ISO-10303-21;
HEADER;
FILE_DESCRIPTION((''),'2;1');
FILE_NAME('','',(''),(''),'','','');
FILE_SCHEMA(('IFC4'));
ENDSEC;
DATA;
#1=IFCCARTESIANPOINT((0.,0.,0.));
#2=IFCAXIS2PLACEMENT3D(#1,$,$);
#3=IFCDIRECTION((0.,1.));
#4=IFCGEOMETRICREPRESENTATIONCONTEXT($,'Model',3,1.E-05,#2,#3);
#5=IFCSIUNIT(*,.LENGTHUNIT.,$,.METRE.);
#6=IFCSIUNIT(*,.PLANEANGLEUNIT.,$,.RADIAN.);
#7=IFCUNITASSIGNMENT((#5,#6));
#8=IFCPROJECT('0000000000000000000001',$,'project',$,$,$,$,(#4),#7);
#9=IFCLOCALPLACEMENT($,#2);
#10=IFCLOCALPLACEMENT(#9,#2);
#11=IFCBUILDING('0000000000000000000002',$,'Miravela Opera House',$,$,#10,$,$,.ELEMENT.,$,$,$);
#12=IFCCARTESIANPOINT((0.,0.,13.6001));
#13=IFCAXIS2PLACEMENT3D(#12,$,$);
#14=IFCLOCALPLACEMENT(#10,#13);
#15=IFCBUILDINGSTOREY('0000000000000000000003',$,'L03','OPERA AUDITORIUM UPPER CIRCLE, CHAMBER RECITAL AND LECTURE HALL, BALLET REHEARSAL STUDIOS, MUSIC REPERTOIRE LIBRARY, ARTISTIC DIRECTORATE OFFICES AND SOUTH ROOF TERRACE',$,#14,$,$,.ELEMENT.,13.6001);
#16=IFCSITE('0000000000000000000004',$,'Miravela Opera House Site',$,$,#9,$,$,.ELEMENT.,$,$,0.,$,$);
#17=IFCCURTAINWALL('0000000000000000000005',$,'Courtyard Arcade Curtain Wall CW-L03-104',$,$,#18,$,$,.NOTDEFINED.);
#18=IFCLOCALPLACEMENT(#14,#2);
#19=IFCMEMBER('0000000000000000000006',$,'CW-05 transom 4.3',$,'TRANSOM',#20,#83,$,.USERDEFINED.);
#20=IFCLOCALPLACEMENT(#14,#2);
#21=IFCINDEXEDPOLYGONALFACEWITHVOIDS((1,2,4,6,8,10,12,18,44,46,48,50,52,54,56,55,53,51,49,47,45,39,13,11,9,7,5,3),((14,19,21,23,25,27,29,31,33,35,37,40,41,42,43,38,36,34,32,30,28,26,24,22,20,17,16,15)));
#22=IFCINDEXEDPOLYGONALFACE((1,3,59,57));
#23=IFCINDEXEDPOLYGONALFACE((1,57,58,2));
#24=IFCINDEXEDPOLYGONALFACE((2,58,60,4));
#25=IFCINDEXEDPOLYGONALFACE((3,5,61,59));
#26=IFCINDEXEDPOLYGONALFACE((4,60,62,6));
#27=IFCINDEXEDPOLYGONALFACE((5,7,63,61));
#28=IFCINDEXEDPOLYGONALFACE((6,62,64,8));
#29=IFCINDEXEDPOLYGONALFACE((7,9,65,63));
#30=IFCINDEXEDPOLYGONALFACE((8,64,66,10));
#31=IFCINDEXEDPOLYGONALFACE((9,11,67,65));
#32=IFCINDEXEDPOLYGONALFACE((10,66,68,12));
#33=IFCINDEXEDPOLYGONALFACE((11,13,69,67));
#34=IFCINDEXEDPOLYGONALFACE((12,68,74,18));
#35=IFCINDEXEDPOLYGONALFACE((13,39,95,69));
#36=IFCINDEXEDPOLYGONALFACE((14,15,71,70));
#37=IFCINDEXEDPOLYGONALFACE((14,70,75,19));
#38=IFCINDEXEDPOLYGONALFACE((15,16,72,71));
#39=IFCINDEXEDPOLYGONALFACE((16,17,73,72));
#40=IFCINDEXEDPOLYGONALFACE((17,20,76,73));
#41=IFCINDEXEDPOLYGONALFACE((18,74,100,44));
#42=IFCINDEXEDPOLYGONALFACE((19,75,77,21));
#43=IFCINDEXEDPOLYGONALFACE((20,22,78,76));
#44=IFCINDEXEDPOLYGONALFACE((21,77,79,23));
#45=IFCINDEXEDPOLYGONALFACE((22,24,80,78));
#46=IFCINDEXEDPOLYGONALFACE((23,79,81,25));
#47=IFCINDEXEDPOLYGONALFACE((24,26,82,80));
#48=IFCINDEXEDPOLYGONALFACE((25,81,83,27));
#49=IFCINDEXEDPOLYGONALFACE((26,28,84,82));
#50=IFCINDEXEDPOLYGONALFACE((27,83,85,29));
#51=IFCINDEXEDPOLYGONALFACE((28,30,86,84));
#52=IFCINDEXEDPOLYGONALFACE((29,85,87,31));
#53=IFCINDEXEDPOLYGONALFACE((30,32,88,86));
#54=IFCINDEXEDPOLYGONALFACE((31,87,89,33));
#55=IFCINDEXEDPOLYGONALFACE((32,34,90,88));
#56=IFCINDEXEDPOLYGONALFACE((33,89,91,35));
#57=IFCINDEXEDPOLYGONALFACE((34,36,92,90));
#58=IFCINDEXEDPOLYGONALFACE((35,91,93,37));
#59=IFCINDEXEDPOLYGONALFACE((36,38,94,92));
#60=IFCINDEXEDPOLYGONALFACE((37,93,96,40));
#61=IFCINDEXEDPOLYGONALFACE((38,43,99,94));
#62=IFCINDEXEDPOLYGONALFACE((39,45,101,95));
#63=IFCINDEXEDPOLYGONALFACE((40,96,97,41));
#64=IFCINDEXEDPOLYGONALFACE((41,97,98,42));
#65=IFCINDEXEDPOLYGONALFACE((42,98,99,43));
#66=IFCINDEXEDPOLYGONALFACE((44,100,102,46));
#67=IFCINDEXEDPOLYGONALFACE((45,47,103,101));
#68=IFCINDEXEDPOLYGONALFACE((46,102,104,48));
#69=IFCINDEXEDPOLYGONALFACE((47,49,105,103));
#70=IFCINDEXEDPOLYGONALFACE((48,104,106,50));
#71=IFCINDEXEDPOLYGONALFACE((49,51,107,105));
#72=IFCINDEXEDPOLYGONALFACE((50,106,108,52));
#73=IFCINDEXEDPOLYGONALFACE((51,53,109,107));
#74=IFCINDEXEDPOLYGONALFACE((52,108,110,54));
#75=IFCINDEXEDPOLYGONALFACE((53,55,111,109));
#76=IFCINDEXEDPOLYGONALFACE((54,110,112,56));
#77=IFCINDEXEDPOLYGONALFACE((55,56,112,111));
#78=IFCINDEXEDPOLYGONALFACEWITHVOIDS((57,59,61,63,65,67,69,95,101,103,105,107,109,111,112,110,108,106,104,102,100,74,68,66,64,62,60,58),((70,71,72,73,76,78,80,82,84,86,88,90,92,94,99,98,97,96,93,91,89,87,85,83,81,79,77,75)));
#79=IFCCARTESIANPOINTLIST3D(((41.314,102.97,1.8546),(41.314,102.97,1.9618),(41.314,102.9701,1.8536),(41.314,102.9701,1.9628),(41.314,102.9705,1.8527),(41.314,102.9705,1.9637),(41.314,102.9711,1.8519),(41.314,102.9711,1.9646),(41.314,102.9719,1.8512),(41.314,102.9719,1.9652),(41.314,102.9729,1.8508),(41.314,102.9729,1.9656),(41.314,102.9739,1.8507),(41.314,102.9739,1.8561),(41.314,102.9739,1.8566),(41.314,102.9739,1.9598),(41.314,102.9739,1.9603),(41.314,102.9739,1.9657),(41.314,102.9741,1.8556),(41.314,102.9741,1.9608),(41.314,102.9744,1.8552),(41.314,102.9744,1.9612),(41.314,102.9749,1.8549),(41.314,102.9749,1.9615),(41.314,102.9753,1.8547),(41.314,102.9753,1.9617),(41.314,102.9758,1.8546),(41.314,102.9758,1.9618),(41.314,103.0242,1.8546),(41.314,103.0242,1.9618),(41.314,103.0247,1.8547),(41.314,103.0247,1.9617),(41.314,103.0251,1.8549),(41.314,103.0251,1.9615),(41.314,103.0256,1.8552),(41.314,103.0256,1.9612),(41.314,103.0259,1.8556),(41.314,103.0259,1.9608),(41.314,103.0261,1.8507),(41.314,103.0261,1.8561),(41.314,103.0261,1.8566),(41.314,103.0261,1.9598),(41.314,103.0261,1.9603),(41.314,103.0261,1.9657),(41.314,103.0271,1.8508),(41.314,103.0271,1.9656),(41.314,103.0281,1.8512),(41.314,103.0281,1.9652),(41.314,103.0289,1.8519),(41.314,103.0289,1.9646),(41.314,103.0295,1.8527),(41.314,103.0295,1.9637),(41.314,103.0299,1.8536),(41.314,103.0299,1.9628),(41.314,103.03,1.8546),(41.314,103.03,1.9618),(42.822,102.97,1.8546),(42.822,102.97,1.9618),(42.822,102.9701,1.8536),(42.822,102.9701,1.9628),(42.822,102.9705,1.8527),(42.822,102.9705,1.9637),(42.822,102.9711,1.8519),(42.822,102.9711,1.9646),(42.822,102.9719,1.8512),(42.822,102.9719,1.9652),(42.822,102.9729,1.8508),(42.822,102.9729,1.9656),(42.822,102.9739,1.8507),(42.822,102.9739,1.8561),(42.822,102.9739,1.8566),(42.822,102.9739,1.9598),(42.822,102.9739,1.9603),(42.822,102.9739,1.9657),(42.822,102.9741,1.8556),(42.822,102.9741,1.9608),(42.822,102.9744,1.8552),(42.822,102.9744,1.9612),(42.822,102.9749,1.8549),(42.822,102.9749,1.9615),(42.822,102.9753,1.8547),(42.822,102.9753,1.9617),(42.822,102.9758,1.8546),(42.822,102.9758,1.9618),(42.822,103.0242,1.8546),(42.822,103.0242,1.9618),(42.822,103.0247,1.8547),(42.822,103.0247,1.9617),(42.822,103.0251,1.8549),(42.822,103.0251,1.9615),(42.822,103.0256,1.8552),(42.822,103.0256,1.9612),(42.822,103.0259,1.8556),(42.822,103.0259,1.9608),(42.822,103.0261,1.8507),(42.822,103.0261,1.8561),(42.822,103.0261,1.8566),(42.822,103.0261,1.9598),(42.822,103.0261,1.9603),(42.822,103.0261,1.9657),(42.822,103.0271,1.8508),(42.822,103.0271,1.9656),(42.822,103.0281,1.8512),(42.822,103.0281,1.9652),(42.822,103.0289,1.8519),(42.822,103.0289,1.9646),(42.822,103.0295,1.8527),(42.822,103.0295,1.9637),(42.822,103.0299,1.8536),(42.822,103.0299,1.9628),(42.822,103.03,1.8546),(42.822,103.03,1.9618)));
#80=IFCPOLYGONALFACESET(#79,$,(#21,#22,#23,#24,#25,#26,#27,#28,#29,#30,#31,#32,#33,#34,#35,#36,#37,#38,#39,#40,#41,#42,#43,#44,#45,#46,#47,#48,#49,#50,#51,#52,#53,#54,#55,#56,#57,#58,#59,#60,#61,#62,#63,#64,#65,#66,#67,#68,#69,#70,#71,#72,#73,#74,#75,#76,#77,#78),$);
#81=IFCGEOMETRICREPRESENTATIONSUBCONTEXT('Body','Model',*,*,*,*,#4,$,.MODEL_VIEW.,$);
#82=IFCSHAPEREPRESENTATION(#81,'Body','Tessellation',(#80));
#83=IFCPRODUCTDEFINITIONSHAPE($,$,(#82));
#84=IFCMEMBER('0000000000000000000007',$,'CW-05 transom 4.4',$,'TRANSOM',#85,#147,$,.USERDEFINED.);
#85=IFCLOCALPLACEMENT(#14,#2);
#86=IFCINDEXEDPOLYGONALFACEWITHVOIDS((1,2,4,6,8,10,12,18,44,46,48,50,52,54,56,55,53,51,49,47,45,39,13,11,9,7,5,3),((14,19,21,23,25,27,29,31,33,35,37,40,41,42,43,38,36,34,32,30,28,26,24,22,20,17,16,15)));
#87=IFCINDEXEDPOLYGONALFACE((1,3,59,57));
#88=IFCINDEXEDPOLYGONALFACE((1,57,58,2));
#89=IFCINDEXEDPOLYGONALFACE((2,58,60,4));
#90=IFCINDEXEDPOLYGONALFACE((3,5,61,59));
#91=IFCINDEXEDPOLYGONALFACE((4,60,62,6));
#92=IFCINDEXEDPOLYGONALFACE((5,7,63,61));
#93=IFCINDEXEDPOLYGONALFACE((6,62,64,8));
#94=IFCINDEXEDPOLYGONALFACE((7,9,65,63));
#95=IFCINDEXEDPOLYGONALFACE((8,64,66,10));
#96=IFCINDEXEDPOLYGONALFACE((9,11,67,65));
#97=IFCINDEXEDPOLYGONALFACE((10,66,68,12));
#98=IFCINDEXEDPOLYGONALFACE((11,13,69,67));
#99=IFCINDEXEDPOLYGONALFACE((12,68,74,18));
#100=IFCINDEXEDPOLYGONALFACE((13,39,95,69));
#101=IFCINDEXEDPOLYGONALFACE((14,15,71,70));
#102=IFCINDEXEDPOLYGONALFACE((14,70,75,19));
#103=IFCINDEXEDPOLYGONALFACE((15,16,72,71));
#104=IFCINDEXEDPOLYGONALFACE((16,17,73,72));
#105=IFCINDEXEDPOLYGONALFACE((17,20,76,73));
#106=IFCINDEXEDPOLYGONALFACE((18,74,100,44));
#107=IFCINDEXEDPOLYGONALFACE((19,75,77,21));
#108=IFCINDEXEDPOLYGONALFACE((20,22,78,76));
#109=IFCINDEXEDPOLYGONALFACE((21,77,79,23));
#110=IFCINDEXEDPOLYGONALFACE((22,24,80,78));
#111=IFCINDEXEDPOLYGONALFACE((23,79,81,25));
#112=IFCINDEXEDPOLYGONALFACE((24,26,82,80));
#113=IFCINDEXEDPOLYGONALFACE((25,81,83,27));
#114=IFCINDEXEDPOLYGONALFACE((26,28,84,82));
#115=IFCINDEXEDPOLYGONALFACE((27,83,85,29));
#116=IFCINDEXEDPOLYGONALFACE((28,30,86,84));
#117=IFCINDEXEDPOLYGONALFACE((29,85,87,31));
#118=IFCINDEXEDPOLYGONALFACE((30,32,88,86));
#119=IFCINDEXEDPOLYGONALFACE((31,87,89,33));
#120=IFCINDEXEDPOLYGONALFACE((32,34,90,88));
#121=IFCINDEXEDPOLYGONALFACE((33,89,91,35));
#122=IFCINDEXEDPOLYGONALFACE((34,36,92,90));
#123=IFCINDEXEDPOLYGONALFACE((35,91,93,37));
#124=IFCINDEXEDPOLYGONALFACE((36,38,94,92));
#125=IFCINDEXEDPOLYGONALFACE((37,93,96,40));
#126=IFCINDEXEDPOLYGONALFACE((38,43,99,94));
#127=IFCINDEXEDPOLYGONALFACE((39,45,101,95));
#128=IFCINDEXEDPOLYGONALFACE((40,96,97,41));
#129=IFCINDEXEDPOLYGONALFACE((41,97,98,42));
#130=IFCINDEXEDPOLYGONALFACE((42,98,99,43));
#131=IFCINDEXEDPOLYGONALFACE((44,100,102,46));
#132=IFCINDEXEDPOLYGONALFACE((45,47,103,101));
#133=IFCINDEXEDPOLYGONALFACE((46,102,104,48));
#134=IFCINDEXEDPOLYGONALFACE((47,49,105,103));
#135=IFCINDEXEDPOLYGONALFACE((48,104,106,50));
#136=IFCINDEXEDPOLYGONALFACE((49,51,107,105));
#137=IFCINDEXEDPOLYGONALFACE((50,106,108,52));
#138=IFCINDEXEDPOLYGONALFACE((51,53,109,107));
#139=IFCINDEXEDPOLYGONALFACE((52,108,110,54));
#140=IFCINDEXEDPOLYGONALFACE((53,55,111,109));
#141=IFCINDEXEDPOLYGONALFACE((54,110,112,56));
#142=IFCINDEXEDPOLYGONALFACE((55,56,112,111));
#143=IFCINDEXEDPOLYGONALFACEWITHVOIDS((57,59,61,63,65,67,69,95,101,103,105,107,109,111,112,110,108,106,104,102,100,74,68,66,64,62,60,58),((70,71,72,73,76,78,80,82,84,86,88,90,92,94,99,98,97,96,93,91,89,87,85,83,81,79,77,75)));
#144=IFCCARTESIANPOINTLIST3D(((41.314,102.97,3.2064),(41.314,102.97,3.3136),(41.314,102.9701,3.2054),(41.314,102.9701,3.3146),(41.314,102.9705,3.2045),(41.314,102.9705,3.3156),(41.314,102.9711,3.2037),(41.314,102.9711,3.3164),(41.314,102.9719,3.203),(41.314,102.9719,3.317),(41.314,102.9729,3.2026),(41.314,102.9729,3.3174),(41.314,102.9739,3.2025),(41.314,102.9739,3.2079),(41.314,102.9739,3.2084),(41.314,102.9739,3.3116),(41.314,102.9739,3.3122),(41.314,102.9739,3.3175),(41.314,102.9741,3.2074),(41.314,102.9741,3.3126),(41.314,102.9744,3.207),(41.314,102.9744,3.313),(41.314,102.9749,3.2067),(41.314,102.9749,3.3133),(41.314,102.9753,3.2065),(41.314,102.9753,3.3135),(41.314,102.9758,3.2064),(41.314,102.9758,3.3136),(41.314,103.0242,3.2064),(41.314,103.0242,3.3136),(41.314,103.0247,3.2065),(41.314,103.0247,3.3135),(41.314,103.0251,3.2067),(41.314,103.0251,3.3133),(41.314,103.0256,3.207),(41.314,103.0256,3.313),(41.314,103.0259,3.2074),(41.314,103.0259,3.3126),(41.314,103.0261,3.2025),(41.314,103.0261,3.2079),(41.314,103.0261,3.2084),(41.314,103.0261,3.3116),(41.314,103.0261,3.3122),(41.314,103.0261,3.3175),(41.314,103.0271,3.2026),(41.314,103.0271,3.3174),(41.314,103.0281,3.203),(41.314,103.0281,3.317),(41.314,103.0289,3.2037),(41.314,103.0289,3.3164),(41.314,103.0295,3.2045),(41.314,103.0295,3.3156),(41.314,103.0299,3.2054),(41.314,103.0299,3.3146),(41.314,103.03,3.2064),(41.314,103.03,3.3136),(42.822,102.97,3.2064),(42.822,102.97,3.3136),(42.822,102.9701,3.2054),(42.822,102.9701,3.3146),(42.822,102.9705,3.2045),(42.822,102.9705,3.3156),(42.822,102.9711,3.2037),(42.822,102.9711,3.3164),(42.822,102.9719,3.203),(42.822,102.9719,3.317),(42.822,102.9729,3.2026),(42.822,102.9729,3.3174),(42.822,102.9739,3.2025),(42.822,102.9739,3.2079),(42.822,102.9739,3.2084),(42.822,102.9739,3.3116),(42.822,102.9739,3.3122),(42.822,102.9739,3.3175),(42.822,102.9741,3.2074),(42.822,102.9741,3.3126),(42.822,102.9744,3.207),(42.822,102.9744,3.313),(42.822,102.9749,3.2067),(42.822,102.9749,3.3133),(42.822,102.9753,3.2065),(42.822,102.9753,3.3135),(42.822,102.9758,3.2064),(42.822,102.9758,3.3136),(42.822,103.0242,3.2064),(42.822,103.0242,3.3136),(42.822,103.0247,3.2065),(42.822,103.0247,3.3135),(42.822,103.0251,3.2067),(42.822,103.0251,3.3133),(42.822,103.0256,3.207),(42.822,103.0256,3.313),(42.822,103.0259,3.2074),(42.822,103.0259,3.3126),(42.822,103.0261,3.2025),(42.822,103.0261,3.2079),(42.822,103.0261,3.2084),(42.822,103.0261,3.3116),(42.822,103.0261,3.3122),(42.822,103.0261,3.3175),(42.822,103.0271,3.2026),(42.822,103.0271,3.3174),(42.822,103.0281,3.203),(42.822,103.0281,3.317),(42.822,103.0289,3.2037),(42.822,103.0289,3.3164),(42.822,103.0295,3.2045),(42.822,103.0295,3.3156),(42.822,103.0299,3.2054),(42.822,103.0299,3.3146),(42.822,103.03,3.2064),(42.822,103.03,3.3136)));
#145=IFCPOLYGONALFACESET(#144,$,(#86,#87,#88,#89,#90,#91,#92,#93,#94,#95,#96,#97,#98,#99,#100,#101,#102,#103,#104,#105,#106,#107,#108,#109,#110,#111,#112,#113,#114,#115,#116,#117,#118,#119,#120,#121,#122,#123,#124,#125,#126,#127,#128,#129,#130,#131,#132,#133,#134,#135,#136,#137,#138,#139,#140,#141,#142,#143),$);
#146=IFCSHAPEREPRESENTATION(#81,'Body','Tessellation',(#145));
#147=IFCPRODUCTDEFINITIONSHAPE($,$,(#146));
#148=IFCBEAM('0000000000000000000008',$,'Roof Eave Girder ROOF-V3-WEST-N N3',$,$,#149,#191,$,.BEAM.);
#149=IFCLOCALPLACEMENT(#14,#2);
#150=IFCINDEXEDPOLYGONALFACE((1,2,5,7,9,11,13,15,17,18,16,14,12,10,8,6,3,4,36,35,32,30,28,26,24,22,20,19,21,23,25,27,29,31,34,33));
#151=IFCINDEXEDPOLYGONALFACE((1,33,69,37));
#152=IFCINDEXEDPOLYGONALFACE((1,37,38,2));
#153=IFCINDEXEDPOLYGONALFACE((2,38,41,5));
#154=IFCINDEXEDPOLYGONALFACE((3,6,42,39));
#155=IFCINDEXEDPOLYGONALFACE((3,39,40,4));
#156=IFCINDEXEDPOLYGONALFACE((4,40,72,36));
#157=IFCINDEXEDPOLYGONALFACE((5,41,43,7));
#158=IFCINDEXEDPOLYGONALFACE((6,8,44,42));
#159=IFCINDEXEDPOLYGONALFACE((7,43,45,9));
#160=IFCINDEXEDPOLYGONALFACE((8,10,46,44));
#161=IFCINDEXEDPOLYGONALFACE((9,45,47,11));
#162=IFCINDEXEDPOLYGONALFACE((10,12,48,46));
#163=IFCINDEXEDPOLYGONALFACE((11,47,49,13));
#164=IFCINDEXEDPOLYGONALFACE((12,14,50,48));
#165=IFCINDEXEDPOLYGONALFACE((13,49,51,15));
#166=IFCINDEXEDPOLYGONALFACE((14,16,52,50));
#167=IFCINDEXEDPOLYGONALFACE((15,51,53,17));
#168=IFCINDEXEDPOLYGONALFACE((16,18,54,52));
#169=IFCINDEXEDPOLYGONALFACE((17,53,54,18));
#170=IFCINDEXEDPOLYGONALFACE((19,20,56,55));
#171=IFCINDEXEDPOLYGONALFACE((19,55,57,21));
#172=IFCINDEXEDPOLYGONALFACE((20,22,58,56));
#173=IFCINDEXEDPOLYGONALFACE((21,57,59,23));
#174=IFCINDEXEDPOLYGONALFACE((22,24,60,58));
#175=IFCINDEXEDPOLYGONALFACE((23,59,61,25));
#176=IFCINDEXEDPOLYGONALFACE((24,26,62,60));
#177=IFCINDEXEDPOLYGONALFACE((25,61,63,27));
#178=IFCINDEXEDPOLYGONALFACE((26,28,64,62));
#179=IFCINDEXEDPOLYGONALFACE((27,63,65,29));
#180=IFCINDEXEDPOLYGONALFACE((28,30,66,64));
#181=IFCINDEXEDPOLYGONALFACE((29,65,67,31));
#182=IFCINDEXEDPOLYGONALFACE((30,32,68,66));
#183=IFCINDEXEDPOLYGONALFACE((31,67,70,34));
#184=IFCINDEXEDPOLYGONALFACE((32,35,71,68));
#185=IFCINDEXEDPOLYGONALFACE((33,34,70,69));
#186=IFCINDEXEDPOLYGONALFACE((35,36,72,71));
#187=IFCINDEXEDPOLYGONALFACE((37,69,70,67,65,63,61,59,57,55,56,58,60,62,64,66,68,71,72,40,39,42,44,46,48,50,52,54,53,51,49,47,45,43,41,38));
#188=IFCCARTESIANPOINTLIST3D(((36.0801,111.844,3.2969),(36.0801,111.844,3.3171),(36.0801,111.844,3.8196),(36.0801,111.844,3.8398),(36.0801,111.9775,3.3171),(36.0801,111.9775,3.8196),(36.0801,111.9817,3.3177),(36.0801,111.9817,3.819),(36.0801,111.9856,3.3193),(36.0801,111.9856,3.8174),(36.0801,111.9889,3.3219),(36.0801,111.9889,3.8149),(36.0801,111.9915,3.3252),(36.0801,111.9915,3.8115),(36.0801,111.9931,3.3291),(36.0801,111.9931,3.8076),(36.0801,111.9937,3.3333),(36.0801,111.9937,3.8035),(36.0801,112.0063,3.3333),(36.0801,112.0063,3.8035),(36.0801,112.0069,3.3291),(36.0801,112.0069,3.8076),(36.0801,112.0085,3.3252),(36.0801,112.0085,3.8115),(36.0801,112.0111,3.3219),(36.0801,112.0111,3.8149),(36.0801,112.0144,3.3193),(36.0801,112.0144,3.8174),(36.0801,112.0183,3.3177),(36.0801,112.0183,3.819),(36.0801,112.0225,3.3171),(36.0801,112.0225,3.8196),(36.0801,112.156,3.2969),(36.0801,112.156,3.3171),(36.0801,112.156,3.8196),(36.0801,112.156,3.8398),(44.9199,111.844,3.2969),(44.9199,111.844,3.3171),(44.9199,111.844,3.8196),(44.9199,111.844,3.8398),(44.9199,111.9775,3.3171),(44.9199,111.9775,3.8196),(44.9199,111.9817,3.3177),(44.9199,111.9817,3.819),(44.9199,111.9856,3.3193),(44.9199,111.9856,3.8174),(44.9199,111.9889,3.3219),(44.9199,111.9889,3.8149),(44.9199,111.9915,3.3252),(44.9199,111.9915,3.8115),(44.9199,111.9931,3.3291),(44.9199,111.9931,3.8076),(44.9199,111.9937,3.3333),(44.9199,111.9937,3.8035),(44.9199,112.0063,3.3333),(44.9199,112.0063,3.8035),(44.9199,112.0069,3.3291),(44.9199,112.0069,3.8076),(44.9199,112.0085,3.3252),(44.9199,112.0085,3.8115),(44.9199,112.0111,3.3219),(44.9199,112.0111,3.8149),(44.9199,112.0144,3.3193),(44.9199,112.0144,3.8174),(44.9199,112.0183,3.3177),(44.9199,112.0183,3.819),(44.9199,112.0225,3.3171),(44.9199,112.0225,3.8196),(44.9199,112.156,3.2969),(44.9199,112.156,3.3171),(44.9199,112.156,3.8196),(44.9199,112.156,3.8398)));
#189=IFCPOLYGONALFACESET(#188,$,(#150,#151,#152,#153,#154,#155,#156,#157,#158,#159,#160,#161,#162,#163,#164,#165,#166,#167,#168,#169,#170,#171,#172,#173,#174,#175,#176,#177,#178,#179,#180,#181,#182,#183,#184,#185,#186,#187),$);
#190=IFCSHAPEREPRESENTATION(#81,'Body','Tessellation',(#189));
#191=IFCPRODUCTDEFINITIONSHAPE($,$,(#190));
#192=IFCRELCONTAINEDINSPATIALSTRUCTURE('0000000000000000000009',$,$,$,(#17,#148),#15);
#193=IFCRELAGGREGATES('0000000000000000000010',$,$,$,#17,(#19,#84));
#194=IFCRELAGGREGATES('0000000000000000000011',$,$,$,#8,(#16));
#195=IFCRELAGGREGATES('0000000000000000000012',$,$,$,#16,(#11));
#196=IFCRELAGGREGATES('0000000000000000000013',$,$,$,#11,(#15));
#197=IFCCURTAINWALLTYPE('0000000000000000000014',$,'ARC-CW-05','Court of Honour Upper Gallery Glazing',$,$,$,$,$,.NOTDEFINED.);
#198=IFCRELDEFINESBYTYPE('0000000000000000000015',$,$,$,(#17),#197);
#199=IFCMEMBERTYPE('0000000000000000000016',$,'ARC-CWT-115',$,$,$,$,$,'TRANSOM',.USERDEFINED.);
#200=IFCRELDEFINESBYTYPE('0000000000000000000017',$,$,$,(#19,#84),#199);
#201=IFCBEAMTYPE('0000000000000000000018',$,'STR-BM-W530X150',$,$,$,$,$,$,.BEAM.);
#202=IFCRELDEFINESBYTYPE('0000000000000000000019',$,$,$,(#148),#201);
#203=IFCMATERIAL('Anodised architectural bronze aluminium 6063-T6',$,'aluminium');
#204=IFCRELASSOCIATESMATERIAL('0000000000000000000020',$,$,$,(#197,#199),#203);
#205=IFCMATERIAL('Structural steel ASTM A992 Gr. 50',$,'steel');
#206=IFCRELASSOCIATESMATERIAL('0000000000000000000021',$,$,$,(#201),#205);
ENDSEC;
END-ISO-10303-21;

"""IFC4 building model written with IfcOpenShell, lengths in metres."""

from ifc_helpers import new_model, si_unit, direction, frame, origin, origin_2d, place, context, subcontext, project, spatial, hollow_rectangle, i_section, extrude, material, material_profile, profile_set, type_object, element, aggregate, save


model = new_model("IFC4")

# Units and contexts
model_context = context("Model", 3, precision=1e-05, world=origin(), true_north=direction((0.0, 1.0)))
body_context = subcontext(model_context, "Body", "Model", "MODEL_VIEW")
ifc_project = project(units=[si_unit("LENGTHUNIT", "METRE"), si_unit("PLANEANGLEUNIT", "RADIAN")], contexts=[model_context])

# Site, building, storey
site_placement = place(None, origin())
site = spatial("IfcSite", under=ifc_project, at=site_placement, Name="Miravela Opera House Site", CompositionType="ELEMENT", RefElevation=0.0)
building_placement = place(site_placement, origin())
building = spatial("IfcBuilding", under=site, at=building_placement, Name="Miravela Opera House", CompositionType="ELEMENT")
storey_placement = place(building_placement, frame((0.0, 0.0, 13.6001)))
storey = spatial("IfcBuildingStorey", under=building, at=storey_placement, Name="L03", Description="OPERA AUDITORIUM UPPER CIRCLE, CHAMBER RECITAL AND LECTURE HALL, BALLET REHEARSAL STUDIOS, MUSIC REPERTOIRE LIBRARY, ARTISTIC DIRECTORATE OFFICES AND SOUTH ROOF TERRACE", CompositionType="ELEMENT", Elevation=13.6001)

# Curtain wall, members
ifc_material_1 = material(Name="Anodised architectural bronze aluminium 6063-T6", Category="aluminium")
curtain_wall_type = type_object("IfcCurtainWallType", Name="ARC-CW-05", Description="Court of Honour Upper Gallery Glazing", PredefinedType="NOTDEFINED", material=ifc_material_1)
curtain_wall_placement = place(storey_placement, origin())
curtain_wall = element("IfcCurtainWall", 1, at=curtain_wall_placement, inside=storey, type_object=curtain_wall_type, Name="Courtyard Arcade Curtain Wall CW-L03-104", PredefinedType="NOTDEFINED")
ifc_material_profile_1 = material_profile(ifc_material_1, hollow_rectangle(XDim=0.0601, YDim=0.115, WallThickness=0.0039, InnerFilletRadius=0.002, OuterFilletRadius=0.0039, at=origin_2d()), Name="CWT-60X115")
ifc_profile_set_1 = profile_set([ifc_material_profile_1])
member_type_1 = type_object("IfcMemberType", Name="ARC-CWT-115", ElementType="TRANSOM", PredefinedType="USERDEFINED", material=ifc_profile_set_1)
member_1_placement = place(storey_placement, frame((41.314, 103.0, 1.9082), z_axis=(1.0, 0.0, 0.0), x_axis=(0.0, 1.0, 0.0)))
member_1 = element("IfcMember", 2, at=member_1_placement, type_object=member_type_1, Name="CW-05 transom 4.3", ObjectType="TRANSOM", PredefinedType="USERDEFINED", context=body_context, shape_type="SweptSolid", body=[
    extrude(hollow_rectangle(XDim=0.0601, YDim=0.115, WallThickness=0.0039, InnerFilletRadius=0.002, OuterFilletRadius=0.0039, at=origin_2d()), origin(), (0.0, 0.0, 1.0), 1.5081),
])
member_2_placement = place(storey_placement, frame((41.314, 103.0, 3.26), z_axis=(1.0, 0.0, 0.0), x_axis=(0.0, 1.0, 0.0)))
member_2 = element("IfcMember", 3, at=member_2_placement, type_object=member_type_1, Name="CW-05 transom 4.4", ObjectType="TRANSOM", PredefinedType="USERDEFINED", context=body_context, shape_type="SweptSolid", body=[
    extrude(hollow_rectangle(XDim=0.0601, YDim=0.115, WallThickness=0.0039, InnerFilletRadius=0.002, OuterFilletRadius=0.0039, at=origin_2d()), origin(), (0.0, 0.0, 1.0), 1.5081),
])

# Beam
ifc_material_2 = material(Name="Structural steel ASTM A992 Gr. 50", Category="steel")
ifc_material_profile_2 = material_profile(ifc_material_2, i_section(OverallWidth=0.312, OverallDepth=0.543, WebThickness=0.0127, FlangeThickness=0.0203, FilletRadius=0.0161, at=origin_2d()), Name="W530X150")
ifc_profile_set_2 = profile_set([ifc_material_profile_2])
beam_type = type_object("IfcBeamType", Name="STR-BM-W530X150", PredefinedType="BEAM", material=ifc_profile_set_2)
for number, where, z_axis, x_axis, name in (
    (4, (36.0801, 112.0, 3.5684), (1.0, 0.0, 0.0), (0.0, 1.0, 0.0), "Roof Eave Girder ROOF-V3-WEST-N N3"),
):
    element("IfcBeam", number, at=place(storey_placement, frame(where, z_axis=z_axis, x_axis=x_axis)), inside=storey, type_object=beam_type, Name=name, PredefinedType="BEAM", context=body_context, shape_type="SweptSolid", body=[
        extrude(i_section(OverallWidth=0.312, OverallDepth=0.543, WebThickness=0.0127, FlangeThickness=0.0203, FilletRadius=0.0161, at=origin_2d()), origin(), (0.0, 0.0, 1.0), 8.8398),
    ])

aggregate(curtain_wall, [member_1, member_2])

save(model, "model.ifc")
